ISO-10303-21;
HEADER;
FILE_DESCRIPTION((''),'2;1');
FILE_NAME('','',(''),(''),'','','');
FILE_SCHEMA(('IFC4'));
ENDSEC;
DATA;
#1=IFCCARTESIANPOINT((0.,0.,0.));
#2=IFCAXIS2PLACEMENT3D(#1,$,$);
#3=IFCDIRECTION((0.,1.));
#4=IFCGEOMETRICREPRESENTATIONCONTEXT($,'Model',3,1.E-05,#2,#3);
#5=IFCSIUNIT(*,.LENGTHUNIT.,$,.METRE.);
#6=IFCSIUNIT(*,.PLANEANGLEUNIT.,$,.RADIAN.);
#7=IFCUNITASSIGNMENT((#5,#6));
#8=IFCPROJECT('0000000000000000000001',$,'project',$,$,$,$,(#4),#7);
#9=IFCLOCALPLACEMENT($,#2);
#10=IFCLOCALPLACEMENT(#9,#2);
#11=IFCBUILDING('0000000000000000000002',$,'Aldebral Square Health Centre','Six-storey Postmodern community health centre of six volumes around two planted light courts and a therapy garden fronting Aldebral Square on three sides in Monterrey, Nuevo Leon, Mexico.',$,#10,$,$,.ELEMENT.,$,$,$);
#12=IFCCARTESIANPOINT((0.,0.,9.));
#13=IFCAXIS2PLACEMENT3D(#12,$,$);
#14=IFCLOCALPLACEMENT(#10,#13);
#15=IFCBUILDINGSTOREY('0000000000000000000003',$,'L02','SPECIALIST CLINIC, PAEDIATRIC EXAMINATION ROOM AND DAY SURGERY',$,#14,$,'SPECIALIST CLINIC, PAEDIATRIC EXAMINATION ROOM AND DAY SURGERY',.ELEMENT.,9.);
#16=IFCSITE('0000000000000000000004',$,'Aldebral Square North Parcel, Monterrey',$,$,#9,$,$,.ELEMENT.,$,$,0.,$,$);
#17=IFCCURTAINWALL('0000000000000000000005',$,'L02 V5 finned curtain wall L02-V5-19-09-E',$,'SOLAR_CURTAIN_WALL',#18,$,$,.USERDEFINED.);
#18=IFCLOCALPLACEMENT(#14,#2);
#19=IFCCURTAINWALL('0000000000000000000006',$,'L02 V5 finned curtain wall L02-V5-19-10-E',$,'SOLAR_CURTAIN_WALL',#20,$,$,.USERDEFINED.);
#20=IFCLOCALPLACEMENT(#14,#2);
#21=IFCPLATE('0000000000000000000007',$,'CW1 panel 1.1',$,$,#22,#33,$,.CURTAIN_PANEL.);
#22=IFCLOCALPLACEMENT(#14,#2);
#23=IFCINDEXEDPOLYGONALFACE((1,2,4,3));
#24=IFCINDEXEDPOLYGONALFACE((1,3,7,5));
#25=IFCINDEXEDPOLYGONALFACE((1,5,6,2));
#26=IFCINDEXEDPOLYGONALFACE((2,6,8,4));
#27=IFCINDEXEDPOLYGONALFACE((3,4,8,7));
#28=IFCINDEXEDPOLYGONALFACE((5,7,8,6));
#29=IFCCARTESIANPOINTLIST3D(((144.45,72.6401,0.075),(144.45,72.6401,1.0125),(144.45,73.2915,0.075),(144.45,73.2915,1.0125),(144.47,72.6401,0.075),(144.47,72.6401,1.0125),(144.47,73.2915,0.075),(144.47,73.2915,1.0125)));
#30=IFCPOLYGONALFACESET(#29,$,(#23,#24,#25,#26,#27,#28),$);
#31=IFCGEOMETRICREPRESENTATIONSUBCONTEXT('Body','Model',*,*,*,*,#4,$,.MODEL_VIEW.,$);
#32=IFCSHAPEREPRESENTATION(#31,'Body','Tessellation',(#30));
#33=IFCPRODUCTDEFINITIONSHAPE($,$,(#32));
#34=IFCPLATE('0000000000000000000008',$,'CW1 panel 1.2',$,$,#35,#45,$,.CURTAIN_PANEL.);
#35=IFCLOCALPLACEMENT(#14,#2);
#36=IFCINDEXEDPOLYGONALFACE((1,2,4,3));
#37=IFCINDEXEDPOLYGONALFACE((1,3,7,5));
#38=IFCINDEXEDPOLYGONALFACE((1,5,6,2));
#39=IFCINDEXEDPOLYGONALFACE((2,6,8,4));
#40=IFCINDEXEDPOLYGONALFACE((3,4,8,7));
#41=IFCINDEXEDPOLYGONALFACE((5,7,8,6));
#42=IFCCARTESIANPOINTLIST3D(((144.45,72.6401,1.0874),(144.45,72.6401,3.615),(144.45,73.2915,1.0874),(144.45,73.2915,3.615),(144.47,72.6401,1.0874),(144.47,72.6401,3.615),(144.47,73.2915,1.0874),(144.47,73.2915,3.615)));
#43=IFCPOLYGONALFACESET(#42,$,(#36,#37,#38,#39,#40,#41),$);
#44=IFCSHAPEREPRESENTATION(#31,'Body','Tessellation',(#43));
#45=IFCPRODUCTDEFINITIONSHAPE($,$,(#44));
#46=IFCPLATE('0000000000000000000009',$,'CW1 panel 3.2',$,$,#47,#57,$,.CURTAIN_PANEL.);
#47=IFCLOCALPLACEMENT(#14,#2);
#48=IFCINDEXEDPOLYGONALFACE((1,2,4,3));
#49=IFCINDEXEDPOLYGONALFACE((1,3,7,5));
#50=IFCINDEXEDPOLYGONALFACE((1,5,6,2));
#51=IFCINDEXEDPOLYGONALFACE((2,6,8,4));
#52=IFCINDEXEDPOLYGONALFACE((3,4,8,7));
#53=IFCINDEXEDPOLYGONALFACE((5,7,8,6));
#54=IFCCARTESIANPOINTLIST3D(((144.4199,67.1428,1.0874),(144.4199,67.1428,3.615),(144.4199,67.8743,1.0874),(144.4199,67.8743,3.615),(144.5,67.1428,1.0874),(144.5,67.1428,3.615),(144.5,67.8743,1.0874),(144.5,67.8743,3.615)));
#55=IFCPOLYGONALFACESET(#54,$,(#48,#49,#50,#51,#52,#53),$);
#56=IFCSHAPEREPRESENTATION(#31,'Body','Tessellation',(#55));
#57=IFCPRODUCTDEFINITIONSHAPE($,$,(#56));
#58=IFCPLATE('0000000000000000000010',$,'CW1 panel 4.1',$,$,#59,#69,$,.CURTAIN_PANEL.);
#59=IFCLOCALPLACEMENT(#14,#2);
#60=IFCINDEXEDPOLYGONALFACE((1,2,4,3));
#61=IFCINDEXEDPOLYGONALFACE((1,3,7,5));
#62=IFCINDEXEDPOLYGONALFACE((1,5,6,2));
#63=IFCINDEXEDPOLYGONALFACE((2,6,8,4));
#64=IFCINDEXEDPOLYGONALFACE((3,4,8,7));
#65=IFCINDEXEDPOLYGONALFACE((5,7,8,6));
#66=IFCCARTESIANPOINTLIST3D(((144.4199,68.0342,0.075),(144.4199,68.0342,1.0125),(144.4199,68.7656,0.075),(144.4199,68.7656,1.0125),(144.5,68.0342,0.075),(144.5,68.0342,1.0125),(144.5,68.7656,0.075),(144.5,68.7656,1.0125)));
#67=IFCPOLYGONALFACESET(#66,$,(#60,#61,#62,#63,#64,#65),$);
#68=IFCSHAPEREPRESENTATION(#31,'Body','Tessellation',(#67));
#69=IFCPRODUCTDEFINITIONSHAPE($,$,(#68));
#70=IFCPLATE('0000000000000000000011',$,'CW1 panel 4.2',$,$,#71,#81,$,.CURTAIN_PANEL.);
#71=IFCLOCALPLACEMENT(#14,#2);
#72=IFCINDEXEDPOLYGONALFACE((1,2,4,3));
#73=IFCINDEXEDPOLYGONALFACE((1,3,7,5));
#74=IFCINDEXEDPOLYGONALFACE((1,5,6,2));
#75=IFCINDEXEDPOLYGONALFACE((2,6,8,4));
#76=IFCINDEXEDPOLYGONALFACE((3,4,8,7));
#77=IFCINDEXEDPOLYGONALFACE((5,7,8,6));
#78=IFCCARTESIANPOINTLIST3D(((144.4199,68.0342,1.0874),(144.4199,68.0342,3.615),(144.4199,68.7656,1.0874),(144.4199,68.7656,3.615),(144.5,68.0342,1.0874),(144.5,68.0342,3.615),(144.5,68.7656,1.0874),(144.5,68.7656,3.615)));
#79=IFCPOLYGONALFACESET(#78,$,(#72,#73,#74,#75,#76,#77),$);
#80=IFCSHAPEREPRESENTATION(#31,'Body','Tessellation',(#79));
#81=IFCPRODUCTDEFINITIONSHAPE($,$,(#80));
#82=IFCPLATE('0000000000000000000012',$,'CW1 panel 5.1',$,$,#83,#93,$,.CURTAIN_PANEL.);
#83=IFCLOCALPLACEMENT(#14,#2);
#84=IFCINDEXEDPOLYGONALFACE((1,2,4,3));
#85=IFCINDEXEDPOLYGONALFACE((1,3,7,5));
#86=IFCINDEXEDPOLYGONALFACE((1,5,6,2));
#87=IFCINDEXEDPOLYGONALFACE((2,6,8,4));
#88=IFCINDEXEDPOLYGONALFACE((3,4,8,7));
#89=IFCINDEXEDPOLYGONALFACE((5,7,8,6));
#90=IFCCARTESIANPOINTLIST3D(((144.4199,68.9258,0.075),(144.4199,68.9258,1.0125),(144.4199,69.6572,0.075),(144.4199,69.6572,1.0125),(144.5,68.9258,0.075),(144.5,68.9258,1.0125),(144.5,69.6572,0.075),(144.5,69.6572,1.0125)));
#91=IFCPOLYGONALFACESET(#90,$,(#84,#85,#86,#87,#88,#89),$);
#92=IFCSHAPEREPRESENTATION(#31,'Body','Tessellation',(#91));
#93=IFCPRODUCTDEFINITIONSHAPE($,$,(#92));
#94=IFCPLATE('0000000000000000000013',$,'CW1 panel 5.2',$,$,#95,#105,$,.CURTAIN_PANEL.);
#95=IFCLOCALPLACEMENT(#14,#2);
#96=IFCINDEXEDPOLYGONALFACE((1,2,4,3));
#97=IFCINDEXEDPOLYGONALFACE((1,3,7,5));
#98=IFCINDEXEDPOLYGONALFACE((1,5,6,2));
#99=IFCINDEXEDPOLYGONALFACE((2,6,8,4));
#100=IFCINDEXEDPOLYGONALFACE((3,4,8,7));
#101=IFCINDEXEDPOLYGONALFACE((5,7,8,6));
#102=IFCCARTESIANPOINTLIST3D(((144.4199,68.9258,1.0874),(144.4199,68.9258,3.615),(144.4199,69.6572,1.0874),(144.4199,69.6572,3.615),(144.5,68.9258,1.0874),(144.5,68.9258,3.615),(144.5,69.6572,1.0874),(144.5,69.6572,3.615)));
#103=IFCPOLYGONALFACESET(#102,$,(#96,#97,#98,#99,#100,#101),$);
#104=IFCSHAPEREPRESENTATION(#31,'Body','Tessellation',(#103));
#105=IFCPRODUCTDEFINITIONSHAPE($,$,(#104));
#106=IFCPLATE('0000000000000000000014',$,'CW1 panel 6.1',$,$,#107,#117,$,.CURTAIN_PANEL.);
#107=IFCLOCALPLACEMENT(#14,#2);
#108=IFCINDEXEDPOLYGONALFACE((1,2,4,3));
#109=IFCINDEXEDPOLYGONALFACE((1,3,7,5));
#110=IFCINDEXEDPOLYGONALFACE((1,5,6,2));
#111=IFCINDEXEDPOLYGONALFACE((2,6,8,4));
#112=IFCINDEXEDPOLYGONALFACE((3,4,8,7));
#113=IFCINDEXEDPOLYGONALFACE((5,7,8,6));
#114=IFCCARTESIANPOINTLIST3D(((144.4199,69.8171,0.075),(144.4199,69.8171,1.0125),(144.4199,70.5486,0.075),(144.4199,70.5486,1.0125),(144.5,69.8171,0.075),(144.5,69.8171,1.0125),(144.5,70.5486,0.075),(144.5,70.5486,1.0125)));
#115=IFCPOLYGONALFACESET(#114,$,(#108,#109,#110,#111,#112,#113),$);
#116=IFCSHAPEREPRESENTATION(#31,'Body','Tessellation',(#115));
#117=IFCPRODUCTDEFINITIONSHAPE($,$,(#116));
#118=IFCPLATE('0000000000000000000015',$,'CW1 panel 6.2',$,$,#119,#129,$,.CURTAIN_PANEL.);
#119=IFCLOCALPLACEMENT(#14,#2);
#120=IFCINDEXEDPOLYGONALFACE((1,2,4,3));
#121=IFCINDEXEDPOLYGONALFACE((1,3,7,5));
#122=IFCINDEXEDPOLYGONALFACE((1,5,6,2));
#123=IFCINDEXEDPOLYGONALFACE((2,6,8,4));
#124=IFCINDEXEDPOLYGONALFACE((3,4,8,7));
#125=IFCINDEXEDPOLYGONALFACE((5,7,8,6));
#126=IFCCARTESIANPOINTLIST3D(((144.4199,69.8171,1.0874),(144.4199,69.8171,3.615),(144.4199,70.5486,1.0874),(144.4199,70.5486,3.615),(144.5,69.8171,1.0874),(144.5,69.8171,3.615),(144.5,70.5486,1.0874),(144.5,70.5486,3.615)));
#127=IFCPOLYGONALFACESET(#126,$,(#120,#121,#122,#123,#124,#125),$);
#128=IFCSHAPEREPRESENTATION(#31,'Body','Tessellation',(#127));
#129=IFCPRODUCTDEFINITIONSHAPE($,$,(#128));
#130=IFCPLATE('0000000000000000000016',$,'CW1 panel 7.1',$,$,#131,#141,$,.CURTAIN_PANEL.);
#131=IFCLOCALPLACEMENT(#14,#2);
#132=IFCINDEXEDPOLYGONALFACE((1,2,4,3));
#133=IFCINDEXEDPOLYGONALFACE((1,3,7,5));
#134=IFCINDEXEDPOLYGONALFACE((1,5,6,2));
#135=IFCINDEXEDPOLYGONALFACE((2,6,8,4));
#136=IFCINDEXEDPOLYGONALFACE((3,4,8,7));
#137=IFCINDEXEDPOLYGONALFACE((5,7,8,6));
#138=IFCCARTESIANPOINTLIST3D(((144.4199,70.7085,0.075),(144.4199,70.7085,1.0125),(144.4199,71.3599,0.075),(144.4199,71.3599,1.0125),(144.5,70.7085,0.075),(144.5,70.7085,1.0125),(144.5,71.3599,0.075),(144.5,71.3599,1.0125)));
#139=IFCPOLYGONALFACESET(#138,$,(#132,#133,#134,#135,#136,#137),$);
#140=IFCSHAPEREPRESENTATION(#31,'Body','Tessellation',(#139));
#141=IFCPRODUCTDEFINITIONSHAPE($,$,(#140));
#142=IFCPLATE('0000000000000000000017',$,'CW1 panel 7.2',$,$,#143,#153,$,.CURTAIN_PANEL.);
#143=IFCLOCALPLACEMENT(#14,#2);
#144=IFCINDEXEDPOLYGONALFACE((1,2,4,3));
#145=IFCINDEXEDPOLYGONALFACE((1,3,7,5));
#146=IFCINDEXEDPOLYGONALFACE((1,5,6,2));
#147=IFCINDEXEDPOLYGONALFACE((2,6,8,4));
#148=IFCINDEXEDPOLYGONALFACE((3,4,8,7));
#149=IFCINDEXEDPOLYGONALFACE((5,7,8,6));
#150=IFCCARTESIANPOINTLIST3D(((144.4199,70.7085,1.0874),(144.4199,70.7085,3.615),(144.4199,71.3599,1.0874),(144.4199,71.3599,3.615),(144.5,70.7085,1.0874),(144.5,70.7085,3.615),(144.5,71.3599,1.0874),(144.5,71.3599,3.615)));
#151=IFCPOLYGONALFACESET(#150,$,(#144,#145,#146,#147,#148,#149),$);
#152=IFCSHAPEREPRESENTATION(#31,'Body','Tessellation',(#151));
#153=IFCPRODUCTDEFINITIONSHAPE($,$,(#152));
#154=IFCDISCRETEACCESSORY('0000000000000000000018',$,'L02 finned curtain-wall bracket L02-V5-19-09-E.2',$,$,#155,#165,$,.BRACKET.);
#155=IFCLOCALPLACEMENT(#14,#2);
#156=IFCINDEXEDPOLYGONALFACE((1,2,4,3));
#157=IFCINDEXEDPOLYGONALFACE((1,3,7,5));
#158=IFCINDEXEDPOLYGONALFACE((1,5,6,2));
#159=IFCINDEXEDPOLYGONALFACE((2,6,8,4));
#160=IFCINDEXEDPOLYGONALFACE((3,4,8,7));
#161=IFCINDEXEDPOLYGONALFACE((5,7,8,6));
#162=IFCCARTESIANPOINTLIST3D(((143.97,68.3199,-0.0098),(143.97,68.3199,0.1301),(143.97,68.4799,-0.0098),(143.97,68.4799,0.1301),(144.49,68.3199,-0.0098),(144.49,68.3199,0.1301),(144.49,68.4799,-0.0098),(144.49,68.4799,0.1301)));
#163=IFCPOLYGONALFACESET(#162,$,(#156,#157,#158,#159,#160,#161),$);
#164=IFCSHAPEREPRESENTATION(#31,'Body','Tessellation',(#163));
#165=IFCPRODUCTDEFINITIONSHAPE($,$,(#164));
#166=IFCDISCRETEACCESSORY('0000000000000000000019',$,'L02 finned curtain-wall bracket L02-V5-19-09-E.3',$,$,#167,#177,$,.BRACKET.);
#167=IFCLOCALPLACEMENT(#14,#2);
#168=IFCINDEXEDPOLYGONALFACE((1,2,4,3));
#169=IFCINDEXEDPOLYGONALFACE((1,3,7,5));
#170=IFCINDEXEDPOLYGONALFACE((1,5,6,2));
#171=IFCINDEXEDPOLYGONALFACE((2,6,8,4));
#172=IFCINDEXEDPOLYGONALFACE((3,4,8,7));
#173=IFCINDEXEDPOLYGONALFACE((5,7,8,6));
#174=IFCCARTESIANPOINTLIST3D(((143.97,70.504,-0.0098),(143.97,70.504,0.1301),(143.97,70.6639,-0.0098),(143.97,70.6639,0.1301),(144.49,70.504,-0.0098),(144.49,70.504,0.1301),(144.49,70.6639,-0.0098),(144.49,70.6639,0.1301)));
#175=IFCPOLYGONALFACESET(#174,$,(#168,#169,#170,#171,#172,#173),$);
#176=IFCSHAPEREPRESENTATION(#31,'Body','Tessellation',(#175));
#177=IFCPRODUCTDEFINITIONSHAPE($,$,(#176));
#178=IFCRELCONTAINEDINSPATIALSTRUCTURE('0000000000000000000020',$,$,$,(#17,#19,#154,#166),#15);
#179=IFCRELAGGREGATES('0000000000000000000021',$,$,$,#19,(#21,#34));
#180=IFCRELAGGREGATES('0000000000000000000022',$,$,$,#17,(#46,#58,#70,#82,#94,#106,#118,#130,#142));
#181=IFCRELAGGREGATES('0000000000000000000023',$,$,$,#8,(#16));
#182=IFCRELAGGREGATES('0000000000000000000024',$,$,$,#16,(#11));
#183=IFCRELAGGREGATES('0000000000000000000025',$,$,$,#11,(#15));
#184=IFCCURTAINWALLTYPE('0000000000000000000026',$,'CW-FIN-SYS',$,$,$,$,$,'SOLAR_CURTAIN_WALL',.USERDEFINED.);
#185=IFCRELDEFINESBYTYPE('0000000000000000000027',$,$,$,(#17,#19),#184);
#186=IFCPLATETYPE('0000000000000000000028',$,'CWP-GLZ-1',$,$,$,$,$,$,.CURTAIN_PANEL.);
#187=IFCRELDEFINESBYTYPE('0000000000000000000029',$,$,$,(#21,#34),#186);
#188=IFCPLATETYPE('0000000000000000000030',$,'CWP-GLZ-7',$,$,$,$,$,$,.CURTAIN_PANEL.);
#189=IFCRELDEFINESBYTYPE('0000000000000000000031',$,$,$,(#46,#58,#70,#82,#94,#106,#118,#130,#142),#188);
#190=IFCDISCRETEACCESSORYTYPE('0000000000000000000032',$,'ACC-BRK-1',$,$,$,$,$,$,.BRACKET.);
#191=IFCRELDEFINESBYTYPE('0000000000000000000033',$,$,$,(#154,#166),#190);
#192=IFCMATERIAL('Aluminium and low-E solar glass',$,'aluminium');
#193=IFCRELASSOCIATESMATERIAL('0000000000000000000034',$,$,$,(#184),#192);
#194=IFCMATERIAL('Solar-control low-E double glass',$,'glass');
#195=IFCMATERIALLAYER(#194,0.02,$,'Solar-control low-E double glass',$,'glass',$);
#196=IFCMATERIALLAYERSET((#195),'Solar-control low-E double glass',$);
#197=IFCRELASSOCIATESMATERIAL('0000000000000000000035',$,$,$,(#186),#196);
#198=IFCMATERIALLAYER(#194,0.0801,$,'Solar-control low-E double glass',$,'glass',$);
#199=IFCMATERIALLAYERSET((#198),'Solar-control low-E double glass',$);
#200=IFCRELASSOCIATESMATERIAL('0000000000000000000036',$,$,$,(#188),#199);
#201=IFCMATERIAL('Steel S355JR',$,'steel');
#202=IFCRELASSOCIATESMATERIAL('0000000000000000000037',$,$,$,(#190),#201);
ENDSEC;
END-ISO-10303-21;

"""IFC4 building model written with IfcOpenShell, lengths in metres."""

from ifc_helpers import new_model, si_unit, direction, frame, origin, origin_2d, place, context, subcontext, project, spatial, rectangle, extrude, material, layer, layer_set, type_object, element, aggregate, save


model = new_model("IFC4")

# Units and contexts
model_context = context("Model", 3, precision=1e-05, world=origin(), true_north=direction((0.0, 1.0)))
body_context = subcontext(model_context, "Body", "Model", "MODEL_VIEW")
ifc_project = project(units=[si_unit("LENGTHUNIT", "METRE"), si_unit("PLANEANGLEUNIT", "RADIAN")], contexts=[model_context])

# Site, building, storey
site_placement = place(None, origin())
site = spatial("IfcSite", under=ifc_project, at=site_placement, Name="Aldebral Square North Parcel, Monterrey", CompositionType="ELEMENT", RefElevation=0.0)
building_placement = place(site_placement, origin())
building = spatial("IfcBuilding", under=site, at=building_placement, Name="Aldebral Square Health Centre", Description="Six-storey Postmodern community health centre of six volumes around two planted light courts and a therapy garden fronting Aldebral Square on three sides in Monterrey, Nuevo Leon, Mexico.", CompositionType="ELEMENT")
storey_placement = place(building_placement, frame((0.0, 0.0, 9.0)))
storey = spatial("IfcBuildingStorey", under=building, at=storey_placement, Name="L02", Description="SPECIALIST CLINIC, PAEDIATRIC EXAMINATION ROOM AND DAY SURGERY", LongName="SPECIALIST CLINIC, PAEDIATRIC EXAMINATION ROOM AND DAY SURGERY", CompositionType="ELEMENT", Elevation=9.0)

# Curtain wall
ifc_material_1 = material(Name="Aluminium and low-E solar glass", Category="aluminium")
curtain_wall_type = type_object("IfcCurtainWallType", Name="CW-FIN-SYS", ElementType="SOLAR_CURTAIN_WALL", PredefinedType="USERDEFINED", material=ifc_material_1)
curtain_wall_1_placement = place(storey_placement, origin())
curtain_wall_1 = element("IfcCurtainWall", 1, at=curtain_wall_1_placement, inside=storey, type_object=curtain_wall_type, Name="L02 V5 finned curtain wall L02-V5-19-09-E", ObjectType="SOLAR_CURTAIN_WALL", PredefinedType="USERDEFINED")

# Curtain wall
curtain_wall_2_placement = place(storey_placement, origin())
curtain_wall_2 = element("IfcCurtainWall", 2, at=curtain_wall_2_placement, inside=storey, type_object=curtain_wall_type, Name="L02 V5 finned curtain wall L02-V5-19-10-E", ObjectType="SOLAR_CURTAIN_WALL", PredefinedType="USERDEFINED")

# Plates
ifc_material_2 = material(Name="Solar-control low-E double glass", Category="glass")
ifc_layer_1 = layer(ifc_material_2, 0.02, Name="Solar-control low-E double glass", Category="glass")
ifc_layer_set_1 = layer_set([ifc_layer_1], Name="Solar-control low-E double glass")
plate_type_1 = type_object("IfcPlateType", Name="CWP-GLZ-1", PredefinedType="CURTAIN_PANEL", material=ifc_layer_set_1)
plate_1_placement = place(storey_placement, frame((144.46, 72.9658, 0.075), z_axis=(0.0, 0.0, 1.0), x_axis=(0.0, 1.0, 0.0)))
plate_1 = element("IfcPlate", 3, at=plate_1_placement, type_object=plate_type_1, Name="CW1 panel 1.1", PredefinedType="CURTAIN_PANEL", context=body_context, shape_type="SweptSolid", body=[
    extrude(rectangle(XDim=0.6514, YDim=0.02, at=origin_2d()), origin(), (0.0, 0.0, 1.0), 0.9375),
])
plate_2_placement = place(storey_placement, frame((144.46, 72.9658, 1.0874), z_axis=(0.0, 0.0, 1.0), x_axis=(0.0, 1.0, 0.0)))
plate_2 = element("IfcPlate", 4, at=plate_2_placement, type_object=plate_type_1, Name="CW1 panel 1.2", PredefinedType="CURTAIN_PANEL", context=body_context, shape_type="SweptSolid", body=[
    extrude(rectangle(XDim=0.6514, YDim=0.02, at=origin_2d()), origin(), (0.0, 0.0, 1.0), 2.5276),
])
aggregate(curtain_wall_2, [plate_1, plate_2])
ifc_layer_2 = layer(ifc_material_2, 0.0801, Name="Solar-control low-E double glass", Category="glass")
ifc_layer_set_2 = layer_set([ifc_layer_2], Name="Solar-control low-E double glass")
plate_type_2 = type_object("IfcPlateType", Name="CWP-GLZ-7", PredefinedType="CURTAIN_PANEL", material=ifc_layer_set_2)
plate_3_placement = place(storey_placement, frame((144.46, 67.5085, 1.0874), z_axis=(0.0, 0.0, 1.0), x_axis=(0.0, 1.0, 0.0)))
plate_3 = element("IfcPlate", 5, at=plate_3_placement, type_object=plate_type_2, Name="CW1 panel 3.2", PredefinedType="CURTAIN_PANEL", context=body_context, shape_type="SweptSolid", body=[
    extrude(rectangle(XDim=0.7314, YDim=0.0801, at=origin_2d()), origin(), (0.0, 0.0, 1.0), 2.5276),
])
plate_4_placement = place(storey_placement, frame((144.46, 68.3999, 0.075), z_axis=(0.0, 0.0, 1.0), x_axis=(0.0, 1.0, 0.0)))
plate_4 = element("IfcPlate", 6, at=plate_4_placement, type_object=plate_type_2, Name="CW1 panel 4.1", PredefinedType="CURTAIN_PANEL", context=body_context, shape_type="SweptSolid", body=[
    extrude(rectangle(XDim=0.7314, YDim=0.0801, at=origin_2d()), origin(), (0.0, 0.0, 1.0), 0.9375),
])
plate_5_placement = place(storey_placement, frame((144.46, 68.3999, 1.0874), z_axis=(0.0, 0.0, 1.0), x_axis=(0.0, 1.0, 0.0)))
plate_5 = element("IfcPlate", 7, at=plate_5_placement, type_object=plate_type_2, Name="CW1 panel 4.2", PredefinedType="CURTAIN_PANEL", context=body_context, shape_type="SweptSolid", body=[
    extrude(rectangle(XDim=0.7314, YDim=0.0801, at=origin_2d()), origin(), (0.0, 0.0, 1.0), 2.5276),
])
plate_6_placement = place(storey_placement, frame((144.46, 69.2915, 0.075), z_axis=(0.0, 0.0, 1.0), x_axis=(0.0, 1.0, 0.0)))
plate_6 = element("IfcPlate", 8, at=plate_6_placement, type_object=plate_type_2, Name="CW1 panel 5.1", PredefinedType="CURTAIN_PANEL", context=body_context, shape_type="SweptSolid", body=[
    extrude(rectangle(XDim=0.7314, YDim=0.0801, at=origin_2d()), origin(), (0.0, 0.0, 1.0), 0.9375),
])
plate_7_placement = place(storey_placement, frame((144.46, 69.2915, 1.0874), z_axis=(0.0, 0.0, 1.0), x_axis=(0.0, 1.0, 0.0)))
plate_7 = element("IfcPlate", 9, at=plate_7_placement, type_object=plate_type_2, Name="CW1 panel 5.2", PredefinedType="CURTAIN_PANEL", context=body_context, shape_type="SweptSolid", body=[
    extrude(rectangle(XDim=0.7314, YDim=0.0801, at=origin_2d()), origin(), (0.0, 0.0, 1.0), 2.5276),
])
plate_8_placement = place(storey_placement, frame((144.46, 70.1829, 0.075), z_axis=(0.0, 0.0, 1.0), x_axis=(0.0, 1.0, 0.0)))
plate_8 = element("IfcPlate", 10, at=plate_8_placement, type_object=plate_type_2, Name="CW1 panel 6.1", PredefinedType="CURTAIN_PANEL", context=body_context, shape_type="SweptSolid", body=[
    extrude(rectangle(XDim=0.7314, YDim=0.0801, at=origin_2d()), origin(), (0.0, 0.0, 1.0), 0.9375),
])
plate_9_placement = place(storey_placement, frame((144.46, 70.1829, 1.0874), z_axis=(0.0, 0.0, 1.0), x_axis=(0.0, 1.0, 0.0)))
plate_9 = element("IfcPlate", 11, at=plate_9_placement, type_object=plate_type_2, Name="CW1 panel 6.2", PredefinedType="CURTAIN_PANEL", context=body_context, shape_type="SweptSolid", body=[
    extrude(rectangle(XDim=0.7314, YDim=0.0801, at=origin_2d()), origin(), (0.0, 0.0, 1.0), 2.5276),
])
plate_10_placement = place(storey_placement, frame((144.46, 71.0342, 0.075), z_axis=(0.0, 0.0, 1.0), x_axis=(0.0, 1.0, 0.0)))
plate_10 = element("IfcPlate", 12, at=plate_10_placement, type_object=plate_type_2, Name="CW1 panel 7.1", PredefinedType="CURTAIN_PANEL", context=body_context, shape_type="SweptSolid", body=[
    extrude(rectangle(XDim=0.6514, YDim=0.0801, at=origin_2d()), origin(), (0.0, 0.0, 1.0), 0.9375),
])
plate_11_placement = place(storey_placement, frame((144.46, 71.0342, 1.0874), z_axis=(0.0, 0.0, 1.0), x_axis=(0.0, 1.0, 0.0)))
plate_11 = element("IfcPlate", 13, at=plate_11_placement, type_object=plate_type_2, Name="CW1 panel 7.2", PredefinedType="CURTAIN_PANEL", context=body_context, shape_type="SweptSolid", body=[
    extrude(rectangle(XDim=0.6514, YDim=0.0801, at=origin_2d()), origin(), (0.0, 0.0, 1.0), 2.5276),
])
aggregate(curtain_wall_1, [plate_3, plate_4, plate_5, plate_6, plate_7, plate_8, plate_9, plate_10, plate_11])

# Discrete accessories
ifc_material_3 = material(Name="Steel S355JR", Category="steel")
discrete_accessory_type = type_object("IfcDiscreteAccessoryType", Name="ACC-BRK-1", PredefinedType="BRACKET", material=ifc_material_3)
for number, where, z_axis, x_axis, name in (
    (14, (144.23, 68.3999, -0.0098), (0.0, 0.0, 1.0), (0.0, 1.0, 0.0), "L02 finned curtain-wall bracket L02-V5-19-09-E.2"),
    (15, (144.23, 70.584, -0.0098), (0.0, 0.0, 1.0), (0.0, 1.0, 0.0), "L02 finned curtain-wall bracket L02-V5-19-09-E.3"),
):
    element("IfcDiscreteAccessory", number, at=place(storey_placement, frame(where, z_axis=z_axis, x_axis=x_axis)), inside=storey, type_object=discrete_accessory_type, Name=name, PredefinedType="BRACKET", context=body_context, shape_type="SweptSolid", body=[
        extrude(rectangle(XDim=0.1599, YDim=0.52, at=origin_2d()), origin(), (0.0, 0.0, 1.0), 0.1399),
    ])

save(model, "model.ifc")
